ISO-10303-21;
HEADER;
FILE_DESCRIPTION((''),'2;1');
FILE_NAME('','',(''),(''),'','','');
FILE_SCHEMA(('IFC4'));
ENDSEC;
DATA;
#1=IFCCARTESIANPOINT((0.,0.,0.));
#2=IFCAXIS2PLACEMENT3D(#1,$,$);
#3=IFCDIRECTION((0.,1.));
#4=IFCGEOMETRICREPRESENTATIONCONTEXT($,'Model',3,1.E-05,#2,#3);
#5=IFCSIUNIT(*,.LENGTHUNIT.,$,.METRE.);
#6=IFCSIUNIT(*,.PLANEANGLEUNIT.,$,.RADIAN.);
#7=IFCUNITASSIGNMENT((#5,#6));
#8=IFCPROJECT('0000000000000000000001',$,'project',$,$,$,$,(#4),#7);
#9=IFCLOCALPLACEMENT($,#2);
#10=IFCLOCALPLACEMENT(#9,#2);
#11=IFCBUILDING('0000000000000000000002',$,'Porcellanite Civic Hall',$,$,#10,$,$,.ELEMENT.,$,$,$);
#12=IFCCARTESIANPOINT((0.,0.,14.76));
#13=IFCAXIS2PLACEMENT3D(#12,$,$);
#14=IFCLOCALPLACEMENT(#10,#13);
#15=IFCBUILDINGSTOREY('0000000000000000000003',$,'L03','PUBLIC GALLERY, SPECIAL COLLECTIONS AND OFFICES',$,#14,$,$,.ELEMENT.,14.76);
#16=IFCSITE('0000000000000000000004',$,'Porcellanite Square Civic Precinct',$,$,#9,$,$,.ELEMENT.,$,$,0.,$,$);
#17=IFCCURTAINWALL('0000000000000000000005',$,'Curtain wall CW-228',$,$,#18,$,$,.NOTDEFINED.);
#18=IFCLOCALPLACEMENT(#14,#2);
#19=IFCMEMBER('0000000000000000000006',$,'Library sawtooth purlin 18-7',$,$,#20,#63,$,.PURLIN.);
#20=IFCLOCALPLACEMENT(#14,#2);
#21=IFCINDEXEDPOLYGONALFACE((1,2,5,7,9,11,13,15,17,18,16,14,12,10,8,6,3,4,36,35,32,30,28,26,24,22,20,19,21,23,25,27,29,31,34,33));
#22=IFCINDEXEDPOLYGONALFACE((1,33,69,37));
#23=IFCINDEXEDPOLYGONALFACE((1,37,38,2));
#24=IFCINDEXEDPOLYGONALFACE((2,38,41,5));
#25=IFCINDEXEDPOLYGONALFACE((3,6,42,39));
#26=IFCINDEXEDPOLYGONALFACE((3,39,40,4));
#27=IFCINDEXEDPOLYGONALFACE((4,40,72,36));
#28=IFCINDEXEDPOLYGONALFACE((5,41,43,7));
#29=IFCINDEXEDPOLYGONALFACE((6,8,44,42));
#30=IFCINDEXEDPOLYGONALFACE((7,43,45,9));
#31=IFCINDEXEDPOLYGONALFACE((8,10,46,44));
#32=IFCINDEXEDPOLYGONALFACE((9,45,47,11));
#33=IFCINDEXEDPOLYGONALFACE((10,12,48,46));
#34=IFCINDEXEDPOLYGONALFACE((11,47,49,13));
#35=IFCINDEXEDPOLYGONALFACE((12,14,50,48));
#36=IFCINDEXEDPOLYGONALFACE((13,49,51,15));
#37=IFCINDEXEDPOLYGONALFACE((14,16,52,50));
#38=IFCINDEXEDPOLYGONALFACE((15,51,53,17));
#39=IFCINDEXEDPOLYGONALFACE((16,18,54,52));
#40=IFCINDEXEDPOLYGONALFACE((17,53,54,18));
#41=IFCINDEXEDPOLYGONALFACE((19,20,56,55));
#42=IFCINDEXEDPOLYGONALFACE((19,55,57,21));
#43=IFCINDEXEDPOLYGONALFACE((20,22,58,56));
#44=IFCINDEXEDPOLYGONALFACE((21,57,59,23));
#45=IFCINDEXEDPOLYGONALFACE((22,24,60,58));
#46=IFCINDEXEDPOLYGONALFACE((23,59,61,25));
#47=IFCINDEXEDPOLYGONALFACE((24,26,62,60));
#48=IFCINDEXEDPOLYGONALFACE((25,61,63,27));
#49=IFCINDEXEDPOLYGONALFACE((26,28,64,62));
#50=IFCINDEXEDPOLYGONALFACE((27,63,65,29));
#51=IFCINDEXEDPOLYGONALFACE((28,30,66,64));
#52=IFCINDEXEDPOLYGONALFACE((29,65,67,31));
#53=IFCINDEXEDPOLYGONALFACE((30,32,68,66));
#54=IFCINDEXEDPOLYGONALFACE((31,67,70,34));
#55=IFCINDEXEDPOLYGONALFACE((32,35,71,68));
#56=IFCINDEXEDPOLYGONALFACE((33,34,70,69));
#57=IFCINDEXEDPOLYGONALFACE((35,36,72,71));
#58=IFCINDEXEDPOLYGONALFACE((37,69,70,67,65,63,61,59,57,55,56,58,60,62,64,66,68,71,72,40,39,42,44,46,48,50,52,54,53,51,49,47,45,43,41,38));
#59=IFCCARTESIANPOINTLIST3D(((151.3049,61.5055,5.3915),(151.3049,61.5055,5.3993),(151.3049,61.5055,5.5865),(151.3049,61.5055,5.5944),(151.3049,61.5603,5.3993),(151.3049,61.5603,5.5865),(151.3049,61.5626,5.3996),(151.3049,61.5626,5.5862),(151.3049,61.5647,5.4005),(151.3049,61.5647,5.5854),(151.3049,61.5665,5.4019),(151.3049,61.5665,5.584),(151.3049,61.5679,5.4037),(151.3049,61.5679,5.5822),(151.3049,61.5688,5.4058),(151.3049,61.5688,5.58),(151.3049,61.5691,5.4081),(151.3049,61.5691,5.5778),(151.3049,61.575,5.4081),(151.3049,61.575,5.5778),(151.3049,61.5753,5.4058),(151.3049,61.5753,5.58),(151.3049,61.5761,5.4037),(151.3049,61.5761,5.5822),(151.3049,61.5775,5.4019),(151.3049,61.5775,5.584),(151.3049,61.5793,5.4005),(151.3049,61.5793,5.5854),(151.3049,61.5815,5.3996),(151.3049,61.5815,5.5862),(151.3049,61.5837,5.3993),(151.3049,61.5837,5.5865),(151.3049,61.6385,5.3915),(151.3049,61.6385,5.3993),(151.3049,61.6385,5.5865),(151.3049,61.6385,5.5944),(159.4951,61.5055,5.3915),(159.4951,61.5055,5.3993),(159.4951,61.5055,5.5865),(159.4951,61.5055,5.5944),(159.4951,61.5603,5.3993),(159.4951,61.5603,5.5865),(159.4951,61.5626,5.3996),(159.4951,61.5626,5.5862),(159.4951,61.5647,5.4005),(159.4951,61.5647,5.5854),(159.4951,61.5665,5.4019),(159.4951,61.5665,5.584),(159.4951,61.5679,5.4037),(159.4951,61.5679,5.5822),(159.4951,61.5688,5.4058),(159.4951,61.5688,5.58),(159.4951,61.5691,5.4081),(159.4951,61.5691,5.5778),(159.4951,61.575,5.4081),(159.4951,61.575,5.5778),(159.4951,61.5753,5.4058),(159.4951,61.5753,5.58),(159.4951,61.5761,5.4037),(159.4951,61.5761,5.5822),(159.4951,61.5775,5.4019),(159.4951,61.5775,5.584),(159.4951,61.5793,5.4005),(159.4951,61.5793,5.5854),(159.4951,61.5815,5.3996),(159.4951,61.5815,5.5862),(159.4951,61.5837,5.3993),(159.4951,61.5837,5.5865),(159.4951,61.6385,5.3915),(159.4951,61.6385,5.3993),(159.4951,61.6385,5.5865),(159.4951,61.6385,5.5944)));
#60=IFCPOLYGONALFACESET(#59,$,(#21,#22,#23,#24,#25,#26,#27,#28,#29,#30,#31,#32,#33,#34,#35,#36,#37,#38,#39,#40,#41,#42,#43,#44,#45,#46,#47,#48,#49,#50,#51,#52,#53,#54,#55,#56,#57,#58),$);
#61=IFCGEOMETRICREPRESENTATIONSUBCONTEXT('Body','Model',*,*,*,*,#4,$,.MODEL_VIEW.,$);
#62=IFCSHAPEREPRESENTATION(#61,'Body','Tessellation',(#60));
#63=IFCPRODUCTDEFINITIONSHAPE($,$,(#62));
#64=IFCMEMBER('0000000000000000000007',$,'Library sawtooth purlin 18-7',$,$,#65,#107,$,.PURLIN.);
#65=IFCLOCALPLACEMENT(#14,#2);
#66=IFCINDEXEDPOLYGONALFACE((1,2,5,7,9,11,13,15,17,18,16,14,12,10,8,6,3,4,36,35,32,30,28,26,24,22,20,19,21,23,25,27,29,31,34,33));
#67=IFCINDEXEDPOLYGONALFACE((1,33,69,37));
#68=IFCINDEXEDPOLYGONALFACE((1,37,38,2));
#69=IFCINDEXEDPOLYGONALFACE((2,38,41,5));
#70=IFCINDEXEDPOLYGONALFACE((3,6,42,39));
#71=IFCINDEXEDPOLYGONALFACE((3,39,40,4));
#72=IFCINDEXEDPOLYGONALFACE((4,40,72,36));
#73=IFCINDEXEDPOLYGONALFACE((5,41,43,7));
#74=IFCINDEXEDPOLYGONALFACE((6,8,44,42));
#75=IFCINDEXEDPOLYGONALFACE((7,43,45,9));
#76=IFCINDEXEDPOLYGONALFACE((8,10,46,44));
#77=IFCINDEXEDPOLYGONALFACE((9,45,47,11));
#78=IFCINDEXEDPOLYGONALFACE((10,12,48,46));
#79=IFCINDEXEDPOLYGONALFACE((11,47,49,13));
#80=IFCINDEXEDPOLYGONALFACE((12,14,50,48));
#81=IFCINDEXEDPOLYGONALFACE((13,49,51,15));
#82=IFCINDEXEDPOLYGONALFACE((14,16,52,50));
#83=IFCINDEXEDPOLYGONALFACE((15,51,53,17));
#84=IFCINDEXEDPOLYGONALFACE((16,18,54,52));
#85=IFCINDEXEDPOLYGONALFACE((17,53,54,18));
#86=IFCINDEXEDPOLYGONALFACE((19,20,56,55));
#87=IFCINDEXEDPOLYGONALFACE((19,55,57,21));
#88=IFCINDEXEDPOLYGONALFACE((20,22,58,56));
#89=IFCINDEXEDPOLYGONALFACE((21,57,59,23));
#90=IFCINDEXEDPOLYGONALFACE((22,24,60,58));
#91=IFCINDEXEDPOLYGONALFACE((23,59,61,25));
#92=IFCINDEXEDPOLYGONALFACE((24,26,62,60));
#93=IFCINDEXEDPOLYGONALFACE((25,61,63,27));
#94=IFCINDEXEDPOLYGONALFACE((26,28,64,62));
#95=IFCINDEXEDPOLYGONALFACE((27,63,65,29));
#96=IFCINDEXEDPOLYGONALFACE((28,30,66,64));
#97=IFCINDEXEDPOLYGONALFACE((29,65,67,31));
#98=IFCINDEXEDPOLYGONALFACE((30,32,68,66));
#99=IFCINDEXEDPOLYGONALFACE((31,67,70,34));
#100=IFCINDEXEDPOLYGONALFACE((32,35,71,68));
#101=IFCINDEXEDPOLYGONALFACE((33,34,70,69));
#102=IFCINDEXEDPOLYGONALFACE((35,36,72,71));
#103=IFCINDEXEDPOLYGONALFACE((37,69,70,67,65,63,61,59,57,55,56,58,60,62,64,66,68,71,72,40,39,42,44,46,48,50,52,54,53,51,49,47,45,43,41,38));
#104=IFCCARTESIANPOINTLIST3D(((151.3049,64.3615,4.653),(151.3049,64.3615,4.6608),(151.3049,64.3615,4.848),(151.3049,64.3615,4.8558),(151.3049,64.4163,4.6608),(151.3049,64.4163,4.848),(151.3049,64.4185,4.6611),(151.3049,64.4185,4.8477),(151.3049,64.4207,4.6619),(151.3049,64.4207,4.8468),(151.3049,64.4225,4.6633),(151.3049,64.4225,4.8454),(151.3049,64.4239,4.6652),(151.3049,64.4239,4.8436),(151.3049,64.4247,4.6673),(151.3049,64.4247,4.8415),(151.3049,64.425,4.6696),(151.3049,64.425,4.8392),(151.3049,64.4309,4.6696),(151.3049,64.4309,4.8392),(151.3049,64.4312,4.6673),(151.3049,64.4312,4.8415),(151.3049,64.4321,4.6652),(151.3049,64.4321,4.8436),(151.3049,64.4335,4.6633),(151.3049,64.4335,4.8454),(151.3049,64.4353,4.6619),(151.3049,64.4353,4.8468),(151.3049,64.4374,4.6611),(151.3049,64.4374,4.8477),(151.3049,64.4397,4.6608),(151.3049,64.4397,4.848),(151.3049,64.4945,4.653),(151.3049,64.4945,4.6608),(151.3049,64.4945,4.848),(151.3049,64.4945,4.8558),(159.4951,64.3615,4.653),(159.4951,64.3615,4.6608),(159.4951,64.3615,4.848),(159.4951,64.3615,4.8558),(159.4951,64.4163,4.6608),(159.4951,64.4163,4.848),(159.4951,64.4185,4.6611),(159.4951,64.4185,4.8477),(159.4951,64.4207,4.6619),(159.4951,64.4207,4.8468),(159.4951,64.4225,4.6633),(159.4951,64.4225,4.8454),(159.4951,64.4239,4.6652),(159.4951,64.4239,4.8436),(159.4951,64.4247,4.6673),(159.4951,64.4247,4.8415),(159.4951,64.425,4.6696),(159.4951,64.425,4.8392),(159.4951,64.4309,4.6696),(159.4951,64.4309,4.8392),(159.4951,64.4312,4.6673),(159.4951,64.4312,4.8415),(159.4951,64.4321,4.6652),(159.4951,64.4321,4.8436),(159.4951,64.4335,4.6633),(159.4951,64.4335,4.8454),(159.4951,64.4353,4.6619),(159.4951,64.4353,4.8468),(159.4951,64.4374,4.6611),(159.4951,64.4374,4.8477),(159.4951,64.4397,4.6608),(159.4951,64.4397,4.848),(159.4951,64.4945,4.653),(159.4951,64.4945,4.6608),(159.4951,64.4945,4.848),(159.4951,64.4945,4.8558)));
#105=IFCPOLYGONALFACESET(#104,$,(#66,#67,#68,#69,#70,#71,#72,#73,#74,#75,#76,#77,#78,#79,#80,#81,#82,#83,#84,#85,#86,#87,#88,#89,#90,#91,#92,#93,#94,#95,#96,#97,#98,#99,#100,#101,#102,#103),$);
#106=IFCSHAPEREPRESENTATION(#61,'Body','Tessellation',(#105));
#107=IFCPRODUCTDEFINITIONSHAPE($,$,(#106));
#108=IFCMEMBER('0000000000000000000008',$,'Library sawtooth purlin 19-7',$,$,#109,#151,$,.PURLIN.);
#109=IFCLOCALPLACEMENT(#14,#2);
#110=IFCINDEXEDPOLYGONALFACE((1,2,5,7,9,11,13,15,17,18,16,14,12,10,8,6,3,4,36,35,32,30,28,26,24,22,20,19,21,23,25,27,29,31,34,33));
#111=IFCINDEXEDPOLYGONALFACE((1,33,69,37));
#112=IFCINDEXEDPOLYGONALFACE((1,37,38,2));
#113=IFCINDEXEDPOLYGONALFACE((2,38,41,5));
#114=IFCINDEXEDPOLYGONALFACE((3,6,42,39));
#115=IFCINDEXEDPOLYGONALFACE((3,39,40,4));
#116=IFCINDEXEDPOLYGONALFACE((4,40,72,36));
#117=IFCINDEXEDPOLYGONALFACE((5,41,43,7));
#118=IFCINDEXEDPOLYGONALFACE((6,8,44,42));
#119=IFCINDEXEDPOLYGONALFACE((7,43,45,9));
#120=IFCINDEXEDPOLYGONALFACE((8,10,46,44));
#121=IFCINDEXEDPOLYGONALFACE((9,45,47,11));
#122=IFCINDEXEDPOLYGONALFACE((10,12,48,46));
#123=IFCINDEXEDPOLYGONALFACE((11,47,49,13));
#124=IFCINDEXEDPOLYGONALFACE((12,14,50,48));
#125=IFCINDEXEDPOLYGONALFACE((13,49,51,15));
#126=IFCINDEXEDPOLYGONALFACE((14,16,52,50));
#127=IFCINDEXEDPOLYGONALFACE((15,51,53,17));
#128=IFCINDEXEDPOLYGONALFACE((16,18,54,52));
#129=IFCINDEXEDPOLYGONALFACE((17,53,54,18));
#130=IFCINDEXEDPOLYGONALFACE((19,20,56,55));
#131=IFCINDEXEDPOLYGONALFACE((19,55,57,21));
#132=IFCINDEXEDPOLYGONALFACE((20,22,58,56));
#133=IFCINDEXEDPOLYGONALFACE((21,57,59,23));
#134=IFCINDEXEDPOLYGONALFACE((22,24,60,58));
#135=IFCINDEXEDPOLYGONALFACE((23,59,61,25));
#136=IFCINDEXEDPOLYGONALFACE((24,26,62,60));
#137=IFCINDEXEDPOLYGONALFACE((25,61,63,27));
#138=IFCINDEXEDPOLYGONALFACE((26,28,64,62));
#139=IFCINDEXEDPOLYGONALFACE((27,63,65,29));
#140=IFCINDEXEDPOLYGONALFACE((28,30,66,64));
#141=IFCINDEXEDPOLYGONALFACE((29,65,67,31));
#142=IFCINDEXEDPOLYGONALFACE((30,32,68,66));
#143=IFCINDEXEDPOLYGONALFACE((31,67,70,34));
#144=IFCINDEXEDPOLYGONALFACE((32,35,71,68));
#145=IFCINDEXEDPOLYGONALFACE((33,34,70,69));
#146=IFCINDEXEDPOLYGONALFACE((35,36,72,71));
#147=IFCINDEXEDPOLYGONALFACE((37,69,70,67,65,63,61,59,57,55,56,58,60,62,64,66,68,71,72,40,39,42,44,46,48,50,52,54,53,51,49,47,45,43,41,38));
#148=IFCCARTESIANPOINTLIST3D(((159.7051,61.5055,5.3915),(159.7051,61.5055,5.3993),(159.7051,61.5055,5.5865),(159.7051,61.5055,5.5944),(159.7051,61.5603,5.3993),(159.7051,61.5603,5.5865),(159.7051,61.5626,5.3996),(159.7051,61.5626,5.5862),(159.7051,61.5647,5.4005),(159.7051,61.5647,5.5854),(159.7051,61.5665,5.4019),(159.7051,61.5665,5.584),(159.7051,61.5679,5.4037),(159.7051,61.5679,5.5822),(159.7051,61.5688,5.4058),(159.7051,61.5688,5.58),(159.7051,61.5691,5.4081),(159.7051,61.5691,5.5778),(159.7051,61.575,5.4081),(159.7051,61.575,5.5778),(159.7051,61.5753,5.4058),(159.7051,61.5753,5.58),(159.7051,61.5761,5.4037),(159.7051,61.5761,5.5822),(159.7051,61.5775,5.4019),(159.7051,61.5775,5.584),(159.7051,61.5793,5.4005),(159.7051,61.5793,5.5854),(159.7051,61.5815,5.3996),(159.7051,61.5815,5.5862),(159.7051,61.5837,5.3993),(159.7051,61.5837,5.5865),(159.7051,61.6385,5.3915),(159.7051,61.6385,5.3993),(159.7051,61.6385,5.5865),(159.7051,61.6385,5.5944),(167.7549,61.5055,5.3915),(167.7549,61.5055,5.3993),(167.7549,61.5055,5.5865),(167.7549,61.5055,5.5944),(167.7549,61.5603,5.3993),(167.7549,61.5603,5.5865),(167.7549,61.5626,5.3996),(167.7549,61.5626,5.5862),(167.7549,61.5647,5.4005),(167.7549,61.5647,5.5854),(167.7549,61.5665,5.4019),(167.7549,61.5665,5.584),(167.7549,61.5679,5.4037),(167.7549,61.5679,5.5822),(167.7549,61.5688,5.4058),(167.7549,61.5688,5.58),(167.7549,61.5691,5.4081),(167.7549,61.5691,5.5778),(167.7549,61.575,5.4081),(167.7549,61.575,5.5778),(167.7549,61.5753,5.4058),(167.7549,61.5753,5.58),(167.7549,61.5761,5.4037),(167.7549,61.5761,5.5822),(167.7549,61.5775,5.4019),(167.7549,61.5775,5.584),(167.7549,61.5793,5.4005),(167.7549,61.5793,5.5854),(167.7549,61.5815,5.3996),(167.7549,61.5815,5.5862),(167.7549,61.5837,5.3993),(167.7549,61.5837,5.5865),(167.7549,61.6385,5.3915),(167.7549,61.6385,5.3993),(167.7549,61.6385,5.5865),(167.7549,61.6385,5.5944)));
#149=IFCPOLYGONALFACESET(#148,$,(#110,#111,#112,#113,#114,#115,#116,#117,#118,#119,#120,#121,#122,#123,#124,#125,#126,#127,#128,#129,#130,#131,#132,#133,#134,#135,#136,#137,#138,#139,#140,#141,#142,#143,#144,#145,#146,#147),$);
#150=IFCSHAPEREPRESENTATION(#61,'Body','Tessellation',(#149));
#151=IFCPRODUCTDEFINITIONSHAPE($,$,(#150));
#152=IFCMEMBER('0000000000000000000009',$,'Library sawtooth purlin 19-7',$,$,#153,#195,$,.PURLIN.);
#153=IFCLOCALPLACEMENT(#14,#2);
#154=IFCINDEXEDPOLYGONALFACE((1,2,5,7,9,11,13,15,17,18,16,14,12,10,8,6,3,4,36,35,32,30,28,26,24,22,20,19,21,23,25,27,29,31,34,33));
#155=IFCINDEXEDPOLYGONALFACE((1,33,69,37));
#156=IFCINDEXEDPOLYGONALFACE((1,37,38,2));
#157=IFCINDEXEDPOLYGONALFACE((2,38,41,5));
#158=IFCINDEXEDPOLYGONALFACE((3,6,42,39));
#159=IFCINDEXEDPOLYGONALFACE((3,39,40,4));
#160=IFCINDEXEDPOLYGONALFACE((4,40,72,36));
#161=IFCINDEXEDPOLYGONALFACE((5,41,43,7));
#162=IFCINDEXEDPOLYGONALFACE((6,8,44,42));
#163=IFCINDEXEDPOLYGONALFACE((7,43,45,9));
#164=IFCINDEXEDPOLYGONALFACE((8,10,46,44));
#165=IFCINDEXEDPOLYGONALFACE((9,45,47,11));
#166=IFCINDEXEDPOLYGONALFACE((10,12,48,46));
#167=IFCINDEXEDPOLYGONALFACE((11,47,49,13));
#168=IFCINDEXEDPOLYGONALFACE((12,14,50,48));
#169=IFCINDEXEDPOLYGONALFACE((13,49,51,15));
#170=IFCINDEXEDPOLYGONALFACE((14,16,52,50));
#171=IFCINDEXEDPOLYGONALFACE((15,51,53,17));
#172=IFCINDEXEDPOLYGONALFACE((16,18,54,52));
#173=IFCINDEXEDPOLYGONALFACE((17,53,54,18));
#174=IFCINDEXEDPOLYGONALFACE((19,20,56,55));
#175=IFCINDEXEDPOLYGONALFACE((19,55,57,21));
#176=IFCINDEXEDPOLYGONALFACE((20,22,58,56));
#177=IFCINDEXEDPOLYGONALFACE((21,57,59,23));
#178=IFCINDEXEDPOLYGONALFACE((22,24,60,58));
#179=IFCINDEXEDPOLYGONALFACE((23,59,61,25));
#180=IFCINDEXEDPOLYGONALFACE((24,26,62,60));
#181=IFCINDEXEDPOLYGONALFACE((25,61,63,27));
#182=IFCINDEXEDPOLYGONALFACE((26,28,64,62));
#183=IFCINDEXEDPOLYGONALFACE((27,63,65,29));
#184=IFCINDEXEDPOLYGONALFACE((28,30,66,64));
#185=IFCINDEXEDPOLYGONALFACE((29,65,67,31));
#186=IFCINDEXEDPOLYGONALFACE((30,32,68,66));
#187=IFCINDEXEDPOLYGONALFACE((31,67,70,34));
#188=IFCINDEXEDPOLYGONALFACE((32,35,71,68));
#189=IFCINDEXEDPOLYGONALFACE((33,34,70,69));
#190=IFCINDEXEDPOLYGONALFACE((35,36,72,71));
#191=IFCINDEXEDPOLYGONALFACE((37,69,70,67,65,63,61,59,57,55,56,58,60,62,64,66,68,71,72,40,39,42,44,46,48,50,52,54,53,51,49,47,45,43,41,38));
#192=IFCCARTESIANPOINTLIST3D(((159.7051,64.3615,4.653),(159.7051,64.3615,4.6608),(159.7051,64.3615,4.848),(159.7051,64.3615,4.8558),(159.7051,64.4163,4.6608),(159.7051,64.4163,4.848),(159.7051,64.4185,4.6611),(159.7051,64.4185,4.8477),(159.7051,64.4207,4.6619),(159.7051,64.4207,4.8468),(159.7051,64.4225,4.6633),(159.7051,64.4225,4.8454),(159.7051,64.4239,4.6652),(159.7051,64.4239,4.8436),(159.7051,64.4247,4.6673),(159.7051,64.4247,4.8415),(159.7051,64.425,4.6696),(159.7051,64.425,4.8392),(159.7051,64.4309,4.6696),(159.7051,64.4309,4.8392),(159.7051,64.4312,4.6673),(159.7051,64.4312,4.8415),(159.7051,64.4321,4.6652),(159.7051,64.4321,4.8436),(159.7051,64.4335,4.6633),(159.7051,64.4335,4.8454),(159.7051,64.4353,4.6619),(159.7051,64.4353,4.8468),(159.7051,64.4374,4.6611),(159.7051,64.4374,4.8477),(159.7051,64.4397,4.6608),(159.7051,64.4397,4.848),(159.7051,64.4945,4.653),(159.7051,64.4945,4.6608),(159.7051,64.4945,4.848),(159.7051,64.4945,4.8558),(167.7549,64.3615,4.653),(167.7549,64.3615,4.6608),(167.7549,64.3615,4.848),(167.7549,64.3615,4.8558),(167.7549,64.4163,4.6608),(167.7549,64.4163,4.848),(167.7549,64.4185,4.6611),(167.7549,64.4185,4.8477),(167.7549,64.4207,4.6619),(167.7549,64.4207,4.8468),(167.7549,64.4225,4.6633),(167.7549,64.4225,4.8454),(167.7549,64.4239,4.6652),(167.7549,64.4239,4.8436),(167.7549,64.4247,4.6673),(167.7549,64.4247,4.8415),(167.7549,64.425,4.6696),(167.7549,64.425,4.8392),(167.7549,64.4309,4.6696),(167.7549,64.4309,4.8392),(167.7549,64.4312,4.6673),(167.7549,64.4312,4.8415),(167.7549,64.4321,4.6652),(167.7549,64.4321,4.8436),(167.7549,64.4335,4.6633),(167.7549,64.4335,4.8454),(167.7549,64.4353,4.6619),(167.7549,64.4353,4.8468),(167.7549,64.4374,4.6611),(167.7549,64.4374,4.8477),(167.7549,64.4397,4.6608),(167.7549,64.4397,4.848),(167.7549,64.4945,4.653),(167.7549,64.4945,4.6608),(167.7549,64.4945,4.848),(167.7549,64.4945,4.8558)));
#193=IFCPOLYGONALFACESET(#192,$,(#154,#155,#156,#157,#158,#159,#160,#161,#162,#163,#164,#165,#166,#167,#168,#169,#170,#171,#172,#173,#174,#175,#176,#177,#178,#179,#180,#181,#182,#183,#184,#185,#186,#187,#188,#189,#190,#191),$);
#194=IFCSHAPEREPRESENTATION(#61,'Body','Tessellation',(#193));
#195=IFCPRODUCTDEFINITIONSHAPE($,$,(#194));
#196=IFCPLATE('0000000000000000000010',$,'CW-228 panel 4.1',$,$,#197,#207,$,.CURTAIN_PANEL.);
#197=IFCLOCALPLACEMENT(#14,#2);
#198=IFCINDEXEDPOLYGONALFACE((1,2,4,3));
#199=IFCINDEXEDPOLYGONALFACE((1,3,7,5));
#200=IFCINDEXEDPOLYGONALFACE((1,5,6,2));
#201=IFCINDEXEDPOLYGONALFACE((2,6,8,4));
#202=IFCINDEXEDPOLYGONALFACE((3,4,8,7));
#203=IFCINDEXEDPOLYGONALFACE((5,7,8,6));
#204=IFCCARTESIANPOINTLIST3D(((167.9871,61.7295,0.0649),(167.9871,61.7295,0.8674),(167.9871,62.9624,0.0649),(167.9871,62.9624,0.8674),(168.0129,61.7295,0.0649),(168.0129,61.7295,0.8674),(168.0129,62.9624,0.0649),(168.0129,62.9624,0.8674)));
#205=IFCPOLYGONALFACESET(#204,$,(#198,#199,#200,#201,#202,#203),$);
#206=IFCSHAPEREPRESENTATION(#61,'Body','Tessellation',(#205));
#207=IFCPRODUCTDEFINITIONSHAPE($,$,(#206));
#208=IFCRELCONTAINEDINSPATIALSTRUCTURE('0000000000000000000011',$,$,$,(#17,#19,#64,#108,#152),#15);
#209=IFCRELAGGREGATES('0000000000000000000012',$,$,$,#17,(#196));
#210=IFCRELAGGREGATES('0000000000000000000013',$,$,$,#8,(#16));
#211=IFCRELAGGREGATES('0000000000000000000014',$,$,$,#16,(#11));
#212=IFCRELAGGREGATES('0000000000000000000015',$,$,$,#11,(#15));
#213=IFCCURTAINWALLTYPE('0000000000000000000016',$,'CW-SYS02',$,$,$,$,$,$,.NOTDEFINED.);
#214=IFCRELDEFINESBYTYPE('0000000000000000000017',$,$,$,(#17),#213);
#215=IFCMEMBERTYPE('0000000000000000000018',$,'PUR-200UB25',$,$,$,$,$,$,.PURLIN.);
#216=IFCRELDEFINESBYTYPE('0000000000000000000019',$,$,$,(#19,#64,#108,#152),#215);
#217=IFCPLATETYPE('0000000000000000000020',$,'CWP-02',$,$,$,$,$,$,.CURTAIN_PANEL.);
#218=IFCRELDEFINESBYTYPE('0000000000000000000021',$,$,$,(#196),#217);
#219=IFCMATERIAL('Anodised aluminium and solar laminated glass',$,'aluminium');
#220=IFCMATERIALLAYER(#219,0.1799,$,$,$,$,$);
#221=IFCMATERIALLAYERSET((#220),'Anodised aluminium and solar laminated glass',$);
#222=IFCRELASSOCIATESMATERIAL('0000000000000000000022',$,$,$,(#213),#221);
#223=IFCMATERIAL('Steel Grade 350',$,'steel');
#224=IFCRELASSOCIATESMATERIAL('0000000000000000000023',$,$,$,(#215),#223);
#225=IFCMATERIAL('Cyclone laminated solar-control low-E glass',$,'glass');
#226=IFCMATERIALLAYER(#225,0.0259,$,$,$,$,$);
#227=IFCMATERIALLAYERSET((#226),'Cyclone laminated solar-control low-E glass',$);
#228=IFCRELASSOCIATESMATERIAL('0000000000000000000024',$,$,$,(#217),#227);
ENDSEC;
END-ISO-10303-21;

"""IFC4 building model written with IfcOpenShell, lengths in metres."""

from ifc_helpers import new_model, si_unit, direction, frame, origin, origin_2d, place, context, subcontext, project, spatial, rectangle, i_section, extrude, material, layer, layer_set, material_profile, profile_set, type_object, element, aggregate, save


model = new_model("IFC4")

# Units and contexts
model_context = context("Model", 3, precision=1e-05, world=origin(), true_north=direction((0.0, 1.0)))
body_context = subcontext(model_context, "Body", "Model", "MODEL_VIEW")
ifc_project = project(units=[si_unit("LENGTHUNIT", "METRE"), si_unit("PLANEANGLEUNIT", "RADIAN")], contexts=[model_context])

# Site, building, storey
site_placement = place(None, origin())
site = spatial("IfcSite", under=ifc_project, at=site_placement, Name="Porcellanite Square Civic Precinct", CompositionType="ELEMENT", RefElevation=0.0)
building_placement = place(site_placement, origin())
building = spatial("IfcBuilding", under=site, at=building_placement, Name="Porcellanite Civic Hall", CompositionType="ELEMENT")
storey_placement = place(building_placement, frame((0.0, 0.0, 14.76)))
storey = spatial("IfcBuildingStorey", under=building, at=storey_placement, Name="L03", Description="PUBLIC GALLERY, SPECIAL COLLECTIONS AND OFFICES", CompositionType="ELEMENT", Elevation=14.76)

# Curtain wall
ifc_material_1 = material(Name="Anodised aluminium and solar laminated glass", Category="aluminium")
ifc_layer_1 = layer(ifc_material_1, 0.1799)
ifc_layer_set_1 = layer_set([ifc_layer_1], Name="Anodised aluminium and solar laminated glass")
curtain_wall_type = type_object("IfcCurtainWallType", Name="CW-SYS02", PredefinedType="NOTDEFINED", material=ifc_layer_set_1)
curtain_wall_placement = place(storey_placement, origin())
curtain_wall = element("IfcCurtainWall", 1, at=curtain_wall_placement, inside=storey, type_object=curtain_wall_type, Name="Curtain wall CW-228", PredefinedType="NOTDEFINED")

# Members
ifc_material_2 = material(Name="Steel Grade 350", Category="steel")
ifc_material_profile_1 = material_profile(ifc_material_2, i_section(OverallWidth=0.1331, OverallDepth=0.2029, WebThickness=0.0059, FlangeThickness=0.0078, FilletRadius=0.0088, at=origin_2d()), Name="200UB25.4")
ifc_profile_set_1 = profile_set([ifc_material_profile_1], Name="Steel Grade 350")
member_type_1 = type_object("IfcMemberType", Name="PUR-200UB25", PredefinedType="PURLIN", material=ifc_profile_set_1)
for number, where, z_axis, x_axis, name in (
    (2, (151.3049, 61.572, 5.4929), (1.0, 0.0, 0.0), (0.0, 1.0, 0.0), "Library sawtooth purlin 18-7"),
    (3, (151.3049, 64.428, 4.7544), (1.0, 0.0, 0.0), (0.0, 1.0, 0.0), "Library sawtooth purlin 18-7"),
):
    element("IfcMember", number, at=place(storey_placement, frame(where, z_axis=z_axis, x_axis=x_axis)), inside=storey, type_object=member_type_1, Name=name, PredefinedType="PURLIN", context=body_context, shape_type="SweptSolid", body=[
        extrude(i_section(OverallWidth=0.1331, OverallDepth=0.2029, WebThickness=0.0059, FlangeThickness=0.0078, FilletRadius=0.0088, at=origin_2d()), origin(), (0.0, 0.0, 1.0), 8.1902),
    ])
for number, where, z_axis, x_axis, name in (
    (4, (159.7051, 61.572, 5.4929), (1.0, 0.0, 0.0), (0.0, 1.0, 0.0), "Library sawtooth purlin 19-7"),
    (5, (159.7051, 64.428, 4.7544), (1.0, 0.0, 0.0), (0.0, 1.0, 0.0), "Library sawtooth purlin 19-7"),
):
    element("IfcMember", number, at=place(storey_placement, frame(where, z_axis=z_axis, x_axis=x_axis)), inside=storey, type_object=member_type_1, Name=name, PredefinedType="PURLIN", context=body_context, shape_type="SweptSolid", body=[
        extrude(i_section(OverallWidth=0.1331, OverallDepth=0.2029, WebThickness=0.0059, FlangeThickness=0.0078, FilletRadius=0.0088, at=origin_2d()), origin(), (0.0, 0.0, 1.0), 8.0498),
    ])

# Plate
ifc_material_3 = material(Name="Cyclone laminated solar-control low-E glass", Category="glass")
ifc_layer_2 = layer(ifc_material_3, 0.0259)
ifc_layer_set_2 = layer_set([ifc_layer_2], Name="Cyclone laminated solar-control low-E glass")
plate_type = type_object("IfcPlateType", Name="CWP-02", PredefinedType="CURTAIN_PANEL", material=ifc_layer_set_2)
plate_1_placement = place(storey_placement, frame((168.0, 62.3459, 0.0649), z_axis=(0.0, 0.0, 1.0), x_axis=(0.0, -1.0, 0.0)))
plate_1 = element("IfcPlate", 6, at=plate_1_placement, type_object=plate_type, Name="CW-228 panel 4.1", PredefinedType="CURTAIN_PANEL", context=body_context, shape_type="SweptSolid", body=[
    extrude(rectangle(XDim=1.2329, YDim=0.0259, at=origin_2d()), origin(), (0.0, 0.0, 1.0), 0.8025),
])
aggregate(curtain_wall, [plate_1])

save(model, "model.ifc")
